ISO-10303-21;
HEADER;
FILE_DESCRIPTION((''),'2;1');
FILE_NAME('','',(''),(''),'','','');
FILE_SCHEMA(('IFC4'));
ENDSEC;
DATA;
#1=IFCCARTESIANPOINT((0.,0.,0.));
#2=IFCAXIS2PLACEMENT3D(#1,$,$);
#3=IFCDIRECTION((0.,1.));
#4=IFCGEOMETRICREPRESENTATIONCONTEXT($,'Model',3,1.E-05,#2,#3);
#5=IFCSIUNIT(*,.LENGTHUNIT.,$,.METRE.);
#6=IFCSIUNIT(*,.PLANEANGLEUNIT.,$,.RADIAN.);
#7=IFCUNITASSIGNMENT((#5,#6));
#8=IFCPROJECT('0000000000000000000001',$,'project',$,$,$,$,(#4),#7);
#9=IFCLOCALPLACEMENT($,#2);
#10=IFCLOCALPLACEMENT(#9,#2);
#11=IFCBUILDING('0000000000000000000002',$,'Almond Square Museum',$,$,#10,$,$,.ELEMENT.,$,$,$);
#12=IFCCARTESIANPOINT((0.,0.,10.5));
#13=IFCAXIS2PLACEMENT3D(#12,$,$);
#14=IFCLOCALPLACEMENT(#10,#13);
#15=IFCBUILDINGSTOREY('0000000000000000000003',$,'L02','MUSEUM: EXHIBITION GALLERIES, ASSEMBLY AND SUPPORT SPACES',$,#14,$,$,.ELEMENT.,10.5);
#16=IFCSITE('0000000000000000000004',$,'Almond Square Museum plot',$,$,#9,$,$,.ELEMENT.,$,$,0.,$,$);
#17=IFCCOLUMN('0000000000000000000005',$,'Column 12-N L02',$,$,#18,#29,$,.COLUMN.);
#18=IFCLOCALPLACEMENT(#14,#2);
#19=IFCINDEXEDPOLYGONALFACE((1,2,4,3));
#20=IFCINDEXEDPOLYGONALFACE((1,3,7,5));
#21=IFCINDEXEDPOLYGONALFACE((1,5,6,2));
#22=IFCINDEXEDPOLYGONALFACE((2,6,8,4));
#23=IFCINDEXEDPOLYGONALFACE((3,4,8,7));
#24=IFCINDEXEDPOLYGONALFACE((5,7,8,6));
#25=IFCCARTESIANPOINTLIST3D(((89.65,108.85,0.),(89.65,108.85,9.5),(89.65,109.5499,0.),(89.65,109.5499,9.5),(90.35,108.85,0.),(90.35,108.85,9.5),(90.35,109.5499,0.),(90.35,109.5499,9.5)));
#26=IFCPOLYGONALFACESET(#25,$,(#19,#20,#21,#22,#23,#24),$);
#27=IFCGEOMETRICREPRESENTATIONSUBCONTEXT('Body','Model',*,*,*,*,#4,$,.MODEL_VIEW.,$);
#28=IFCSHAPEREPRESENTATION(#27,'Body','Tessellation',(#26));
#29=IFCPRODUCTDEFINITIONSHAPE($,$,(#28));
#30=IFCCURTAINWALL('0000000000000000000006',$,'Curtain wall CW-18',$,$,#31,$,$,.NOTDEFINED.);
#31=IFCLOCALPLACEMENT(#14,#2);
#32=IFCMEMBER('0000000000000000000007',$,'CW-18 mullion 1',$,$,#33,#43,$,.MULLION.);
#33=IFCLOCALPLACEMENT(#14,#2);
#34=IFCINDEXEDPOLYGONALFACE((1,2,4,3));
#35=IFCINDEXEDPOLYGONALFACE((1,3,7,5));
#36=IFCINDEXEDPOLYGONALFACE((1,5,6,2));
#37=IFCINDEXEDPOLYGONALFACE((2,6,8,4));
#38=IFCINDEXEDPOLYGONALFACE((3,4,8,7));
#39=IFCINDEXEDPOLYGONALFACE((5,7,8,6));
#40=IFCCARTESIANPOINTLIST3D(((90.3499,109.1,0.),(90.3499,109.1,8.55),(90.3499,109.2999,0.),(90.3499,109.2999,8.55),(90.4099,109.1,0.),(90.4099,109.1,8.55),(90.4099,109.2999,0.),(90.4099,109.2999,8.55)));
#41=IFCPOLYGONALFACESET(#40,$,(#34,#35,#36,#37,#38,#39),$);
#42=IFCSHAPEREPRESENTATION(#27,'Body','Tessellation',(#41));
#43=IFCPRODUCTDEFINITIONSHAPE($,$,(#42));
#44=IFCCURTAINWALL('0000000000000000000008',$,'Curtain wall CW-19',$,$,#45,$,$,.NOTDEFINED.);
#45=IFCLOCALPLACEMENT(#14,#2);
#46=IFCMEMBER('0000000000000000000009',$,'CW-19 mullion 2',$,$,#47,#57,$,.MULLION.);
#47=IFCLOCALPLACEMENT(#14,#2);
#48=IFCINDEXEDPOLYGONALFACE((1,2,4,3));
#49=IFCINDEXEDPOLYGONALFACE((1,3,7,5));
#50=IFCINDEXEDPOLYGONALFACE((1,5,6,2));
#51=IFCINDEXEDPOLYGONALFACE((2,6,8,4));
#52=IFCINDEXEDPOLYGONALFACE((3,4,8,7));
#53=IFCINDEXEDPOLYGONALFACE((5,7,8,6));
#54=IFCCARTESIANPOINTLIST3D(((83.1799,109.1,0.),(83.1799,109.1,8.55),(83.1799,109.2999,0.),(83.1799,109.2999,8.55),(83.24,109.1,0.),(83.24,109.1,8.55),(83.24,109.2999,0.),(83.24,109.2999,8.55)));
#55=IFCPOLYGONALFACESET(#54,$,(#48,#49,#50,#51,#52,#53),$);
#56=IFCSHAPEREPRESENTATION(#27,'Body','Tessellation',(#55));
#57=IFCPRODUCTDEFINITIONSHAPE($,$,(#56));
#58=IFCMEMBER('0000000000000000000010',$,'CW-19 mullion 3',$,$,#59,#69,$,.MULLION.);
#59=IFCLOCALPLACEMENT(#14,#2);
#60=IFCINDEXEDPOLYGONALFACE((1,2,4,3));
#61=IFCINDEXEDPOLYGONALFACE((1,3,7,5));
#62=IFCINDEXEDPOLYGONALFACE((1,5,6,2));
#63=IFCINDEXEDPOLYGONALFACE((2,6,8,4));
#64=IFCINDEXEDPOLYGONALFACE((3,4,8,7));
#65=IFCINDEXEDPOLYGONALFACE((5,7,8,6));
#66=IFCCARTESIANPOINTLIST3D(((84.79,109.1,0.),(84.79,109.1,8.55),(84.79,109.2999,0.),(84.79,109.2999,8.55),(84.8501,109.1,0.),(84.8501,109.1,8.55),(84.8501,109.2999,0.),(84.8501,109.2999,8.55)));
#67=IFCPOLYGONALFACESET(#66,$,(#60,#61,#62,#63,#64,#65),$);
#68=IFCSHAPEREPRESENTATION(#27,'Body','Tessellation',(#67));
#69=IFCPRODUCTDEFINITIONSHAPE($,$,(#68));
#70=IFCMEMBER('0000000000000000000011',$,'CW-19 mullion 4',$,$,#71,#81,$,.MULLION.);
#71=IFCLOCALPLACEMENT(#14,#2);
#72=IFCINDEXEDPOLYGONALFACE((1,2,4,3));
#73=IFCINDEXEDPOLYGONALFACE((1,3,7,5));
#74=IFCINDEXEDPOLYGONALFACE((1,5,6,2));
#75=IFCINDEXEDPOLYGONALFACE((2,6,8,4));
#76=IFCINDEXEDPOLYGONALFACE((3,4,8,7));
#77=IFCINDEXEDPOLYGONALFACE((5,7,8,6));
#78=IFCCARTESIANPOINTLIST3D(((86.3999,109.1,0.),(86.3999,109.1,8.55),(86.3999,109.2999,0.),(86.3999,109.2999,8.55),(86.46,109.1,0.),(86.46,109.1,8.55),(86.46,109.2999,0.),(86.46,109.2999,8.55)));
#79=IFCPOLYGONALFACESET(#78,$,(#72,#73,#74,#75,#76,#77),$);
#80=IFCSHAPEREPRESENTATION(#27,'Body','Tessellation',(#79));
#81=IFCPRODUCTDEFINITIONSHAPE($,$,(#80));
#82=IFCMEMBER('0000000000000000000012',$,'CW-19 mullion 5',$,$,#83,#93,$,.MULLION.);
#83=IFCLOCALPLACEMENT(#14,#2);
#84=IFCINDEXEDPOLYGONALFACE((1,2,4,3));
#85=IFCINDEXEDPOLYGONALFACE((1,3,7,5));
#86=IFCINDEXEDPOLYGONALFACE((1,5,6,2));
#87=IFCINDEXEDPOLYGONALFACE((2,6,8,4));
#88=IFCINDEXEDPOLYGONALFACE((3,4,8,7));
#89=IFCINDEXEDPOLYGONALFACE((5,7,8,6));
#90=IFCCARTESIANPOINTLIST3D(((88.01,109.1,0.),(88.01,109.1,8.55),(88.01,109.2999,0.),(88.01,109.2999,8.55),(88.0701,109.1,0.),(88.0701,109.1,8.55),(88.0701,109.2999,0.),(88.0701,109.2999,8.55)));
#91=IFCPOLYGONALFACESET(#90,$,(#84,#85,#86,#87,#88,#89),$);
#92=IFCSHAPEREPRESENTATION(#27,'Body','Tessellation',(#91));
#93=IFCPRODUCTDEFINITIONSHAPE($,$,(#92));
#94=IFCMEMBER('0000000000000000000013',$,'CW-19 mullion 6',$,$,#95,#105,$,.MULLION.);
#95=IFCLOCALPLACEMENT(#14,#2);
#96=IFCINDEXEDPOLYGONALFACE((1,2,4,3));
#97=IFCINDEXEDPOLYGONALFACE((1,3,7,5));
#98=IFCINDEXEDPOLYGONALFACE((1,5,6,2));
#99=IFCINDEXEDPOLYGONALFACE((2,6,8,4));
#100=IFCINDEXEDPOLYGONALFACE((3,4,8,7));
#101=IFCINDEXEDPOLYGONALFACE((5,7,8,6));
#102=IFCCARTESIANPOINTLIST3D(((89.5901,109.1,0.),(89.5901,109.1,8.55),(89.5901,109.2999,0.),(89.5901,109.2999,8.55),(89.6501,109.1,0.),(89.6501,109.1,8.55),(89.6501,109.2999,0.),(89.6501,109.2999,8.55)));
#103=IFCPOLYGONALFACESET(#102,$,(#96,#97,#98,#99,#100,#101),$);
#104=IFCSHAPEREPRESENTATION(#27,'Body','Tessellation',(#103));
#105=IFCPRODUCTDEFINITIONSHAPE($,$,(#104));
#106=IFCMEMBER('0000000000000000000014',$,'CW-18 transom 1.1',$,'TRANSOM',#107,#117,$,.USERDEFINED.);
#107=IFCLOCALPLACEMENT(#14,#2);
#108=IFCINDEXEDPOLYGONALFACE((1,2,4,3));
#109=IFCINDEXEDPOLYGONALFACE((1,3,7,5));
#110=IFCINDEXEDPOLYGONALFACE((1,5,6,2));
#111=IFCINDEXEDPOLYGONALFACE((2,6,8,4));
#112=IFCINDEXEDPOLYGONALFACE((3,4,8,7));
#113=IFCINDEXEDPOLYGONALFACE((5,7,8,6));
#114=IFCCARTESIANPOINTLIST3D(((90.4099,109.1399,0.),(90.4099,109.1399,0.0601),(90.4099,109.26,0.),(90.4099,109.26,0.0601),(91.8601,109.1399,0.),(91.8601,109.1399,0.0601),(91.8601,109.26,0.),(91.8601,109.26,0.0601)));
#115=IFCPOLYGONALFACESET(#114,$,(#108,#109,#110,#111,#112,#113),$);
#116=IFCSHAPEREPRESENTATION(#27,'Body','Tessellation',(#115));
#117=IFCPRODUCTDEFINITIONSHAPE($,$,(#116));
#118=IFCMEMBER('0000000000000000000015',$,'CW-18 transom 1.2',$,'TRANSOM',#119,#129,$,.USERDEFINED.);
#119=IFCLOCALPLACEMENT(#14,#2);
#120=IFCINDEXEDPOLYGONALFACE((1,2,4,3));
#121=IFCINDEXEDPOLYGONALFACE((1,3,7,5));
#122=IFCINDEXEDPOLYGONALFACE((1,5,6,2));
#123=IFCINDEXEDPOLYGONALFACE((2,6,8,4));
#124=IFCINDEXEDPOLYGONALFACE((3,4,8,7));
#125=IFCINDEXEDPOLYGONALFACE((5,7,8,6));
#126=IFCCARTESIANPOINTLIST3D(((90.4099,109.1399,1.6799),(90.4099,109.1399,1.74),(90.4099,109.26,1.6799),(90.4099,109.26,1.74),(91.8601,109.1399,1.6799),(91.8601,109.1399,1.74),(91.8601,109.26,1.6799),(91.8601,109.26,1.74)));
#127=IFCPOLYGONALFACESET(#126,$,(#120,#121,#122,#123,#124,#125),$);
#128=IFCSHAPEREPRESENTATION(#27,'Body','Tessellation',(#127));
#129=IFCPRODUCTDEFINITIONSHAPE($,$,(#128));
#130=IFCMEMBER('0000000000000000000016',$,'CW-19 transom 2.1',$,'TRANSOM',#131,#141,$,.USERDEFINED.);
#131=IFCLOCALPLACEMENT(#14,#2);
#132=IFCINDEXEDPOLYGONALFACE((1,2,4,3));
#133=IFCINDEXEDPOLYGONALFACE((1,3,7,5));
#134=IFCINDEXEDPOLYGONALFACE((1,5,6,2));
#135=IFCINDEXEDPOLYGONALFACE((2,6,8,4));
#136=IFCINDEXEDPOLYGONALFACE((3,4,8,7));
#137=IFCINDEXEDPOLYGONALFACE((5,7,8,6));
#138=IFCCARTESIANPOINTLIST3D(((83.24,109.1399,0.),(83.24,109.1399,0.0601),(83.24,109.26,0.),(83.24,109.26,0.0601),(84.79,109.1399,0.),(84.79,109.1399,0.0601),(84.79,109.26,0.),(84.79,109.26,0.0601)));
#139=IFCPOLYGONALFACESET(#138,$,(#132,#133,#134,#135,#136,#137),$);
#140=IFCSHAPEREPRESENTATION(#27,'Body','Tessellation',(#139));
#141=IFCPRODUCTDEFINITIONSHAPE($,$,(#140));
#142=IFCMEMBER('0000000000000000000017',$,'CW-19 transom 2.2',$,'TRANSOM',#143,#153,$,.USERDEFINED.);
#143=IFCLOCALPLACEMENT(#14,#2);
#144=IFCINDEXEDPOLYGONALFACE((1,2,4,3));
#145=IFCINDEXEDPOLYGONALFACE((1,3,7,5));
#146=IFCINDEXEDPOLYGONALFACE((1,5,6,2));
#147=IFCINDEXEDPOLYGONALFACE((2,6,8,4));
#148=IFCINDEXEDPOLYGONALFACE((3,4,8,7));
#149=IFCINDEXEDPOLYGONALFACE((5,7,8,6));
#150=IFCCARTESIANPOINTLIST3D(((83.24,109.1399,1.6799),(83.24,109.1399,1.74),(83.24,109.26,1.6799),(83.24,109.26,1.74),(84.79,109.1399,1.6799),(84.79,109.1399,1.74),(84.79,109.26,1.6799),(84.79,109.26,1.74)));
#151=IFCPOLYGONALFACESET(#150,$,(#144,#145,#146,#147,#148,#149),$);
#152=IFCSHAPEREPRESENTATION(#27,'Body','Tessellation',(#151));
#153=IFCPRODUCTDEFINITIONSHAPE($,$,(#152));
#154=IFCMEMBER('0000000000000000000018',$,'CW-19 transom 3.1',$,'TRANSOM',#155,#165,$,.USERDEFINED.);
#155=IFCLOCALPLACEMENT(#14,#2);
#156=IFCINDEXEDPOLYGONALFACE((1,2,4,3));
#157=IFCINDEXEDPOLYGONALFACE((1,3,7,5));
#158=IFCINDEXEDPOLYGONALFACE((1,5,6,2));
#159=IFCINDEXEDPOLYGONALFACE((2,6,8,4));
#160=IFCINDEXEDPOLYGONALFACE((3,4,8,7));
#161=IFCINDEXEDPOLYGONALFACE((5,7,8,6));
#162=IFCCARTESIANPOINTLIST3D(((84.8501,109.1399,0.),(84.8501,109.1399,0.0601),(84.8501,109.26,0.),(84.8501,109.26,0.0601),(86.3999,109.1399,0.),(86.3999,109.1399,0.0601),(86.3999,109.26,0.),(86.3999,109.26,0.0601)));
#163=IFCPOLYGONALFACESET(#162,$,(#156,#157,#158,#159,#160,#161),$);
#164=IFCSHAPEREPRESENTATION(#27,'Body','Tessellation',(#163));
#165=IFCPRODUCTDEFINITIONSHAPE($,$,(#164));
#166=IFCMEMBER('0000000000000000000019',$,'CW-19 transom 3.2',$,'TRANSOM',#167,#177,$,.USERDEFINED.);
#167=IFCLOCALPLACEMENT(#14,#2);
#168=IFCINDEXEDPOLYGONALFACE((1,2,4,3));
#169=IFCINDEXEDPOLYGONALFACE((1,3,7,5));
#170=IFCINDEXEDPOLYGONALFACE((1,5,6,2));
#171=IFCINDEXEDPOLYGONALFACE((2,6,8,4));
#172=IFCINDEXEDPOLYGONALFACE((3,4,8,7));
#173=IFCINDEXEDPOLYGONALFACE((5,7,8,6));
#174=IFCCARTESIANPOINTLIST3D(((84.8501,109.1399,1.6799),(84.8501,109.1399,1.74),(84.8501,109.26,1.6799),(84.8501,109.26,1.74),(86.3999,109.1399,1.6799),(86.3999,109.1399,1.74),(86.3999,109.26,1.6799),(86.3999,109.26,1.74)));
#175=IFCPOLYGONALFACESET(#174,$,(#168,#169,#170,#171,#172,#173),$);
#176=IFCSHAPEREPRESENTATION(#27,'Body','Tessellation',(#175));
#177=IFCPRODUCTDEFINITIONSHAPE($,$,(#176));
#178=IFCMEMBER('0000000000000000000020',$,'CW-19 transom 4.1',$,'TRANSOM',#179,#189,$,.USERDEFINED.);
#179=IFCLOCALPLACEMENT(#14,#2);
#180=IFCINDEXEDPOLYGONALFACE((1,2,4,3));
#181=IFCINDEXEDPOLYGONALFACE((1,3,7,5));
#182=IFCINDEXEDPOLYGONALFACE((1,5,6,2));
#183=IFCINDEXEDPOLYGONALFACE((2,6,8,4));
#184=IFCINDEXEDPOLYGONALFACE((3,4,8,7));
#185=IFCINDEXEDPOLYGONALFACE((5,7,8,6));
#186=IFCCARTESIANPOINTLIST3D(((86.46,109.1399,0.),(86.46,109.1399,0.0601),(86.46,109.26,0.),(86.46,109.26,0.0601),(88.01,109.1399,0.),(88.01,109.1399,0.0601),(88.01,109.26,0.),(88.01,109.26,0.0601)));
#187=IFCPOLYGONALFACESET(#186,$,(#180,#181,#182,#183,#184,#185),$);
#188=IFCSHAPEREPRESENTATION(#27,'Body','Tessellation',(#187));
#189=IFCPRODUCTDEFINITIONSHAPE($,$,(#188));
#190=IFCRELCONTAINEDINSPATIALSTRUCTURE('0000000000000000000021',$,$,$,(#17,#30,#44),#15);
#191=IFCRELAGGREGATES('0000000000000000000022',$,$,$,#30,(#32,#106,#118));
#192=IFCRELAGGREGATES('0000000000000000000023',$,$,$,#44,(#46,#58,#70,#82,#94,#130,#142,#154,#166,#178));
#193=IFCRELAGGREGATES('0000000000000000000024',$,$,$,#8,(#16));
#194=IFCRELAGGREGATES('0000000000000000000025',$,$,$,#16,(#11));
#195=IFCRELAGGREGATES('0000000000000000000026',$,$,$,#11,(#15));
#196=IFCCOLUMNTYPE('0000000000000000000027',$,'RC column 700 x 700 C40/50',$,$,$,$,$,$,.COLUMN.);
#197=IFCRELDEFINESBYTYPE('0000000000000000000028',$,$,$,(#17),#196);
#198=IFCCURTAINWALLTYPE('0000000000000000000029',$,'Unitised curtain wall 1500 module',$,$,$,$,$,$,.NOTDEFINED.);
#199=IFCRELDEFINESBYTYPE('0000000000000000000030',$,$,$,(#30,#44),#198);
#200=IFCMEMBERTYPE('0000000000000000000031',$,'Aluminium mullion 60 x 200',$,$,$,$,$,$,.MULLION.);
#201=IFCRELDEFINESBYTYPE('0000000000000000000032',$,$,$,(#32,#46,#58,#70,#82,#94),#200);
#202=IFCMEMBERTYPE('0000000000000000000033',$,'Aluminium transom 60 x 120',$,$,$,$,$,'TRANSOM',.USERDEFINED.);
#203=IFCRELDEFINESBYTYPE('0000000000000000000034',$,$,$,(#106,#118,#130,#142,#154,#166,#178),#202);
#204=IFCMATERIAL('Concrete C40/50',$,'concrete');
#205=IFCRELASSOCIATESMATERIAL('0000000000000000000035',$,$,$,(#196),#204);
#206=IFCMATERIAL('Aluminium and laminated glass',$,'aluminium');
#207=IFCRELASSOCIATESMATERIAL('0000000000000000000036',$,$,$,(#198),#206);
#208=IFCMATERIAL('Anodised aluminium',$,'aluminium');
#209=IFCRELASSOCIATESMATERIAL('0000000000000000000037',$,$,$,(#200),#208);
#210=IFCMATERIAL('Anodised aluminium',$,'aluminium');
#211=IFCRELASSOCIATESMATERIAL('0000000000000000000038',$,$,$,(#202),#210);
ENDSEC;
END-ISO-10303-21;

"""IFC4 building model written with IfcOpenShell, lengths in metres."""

from ifc_helpers import new_model, si_unit, direction, frame, origin, origin_2d, place, context, subcontext, project, spatial, rectangle, extrude, material, material_profile, profile_set, type_object, element, aggregate, save


model = new_model("IFC4")

# Units and contexts
model_context = context("Model", 3, precision=1e-05, world=origin(), true_north=direction((0.0, 1.0)))
body_context = subcontext(model_context, "Body", "Model", "MODEL_VIEW")
ifc_project = project(units=[si_unit("LENGTHUNIT", "METRE"), si_unit("PLANEANGLEUNIT", "RADIAN")], contexts=[model_context])

# Site, building, storey
site_placement = place(None, origin())
site = spatial("IfcSite", under=ifc_project, at=site_placement, Name="Almond Square Museum plot", CompositionType="ELEMENT", RefElevation=0.0)
building_placement = place(site_placement, origin())
building = spatial("IfcBuilding", under=site, at=building_placement, Name="Almond Square Museum", CompositionType="ELEMENT")
storey_placement = place(building_placement, frame((0.0, 0.0, 10.5)))
storey = spatial("IfcBuildingStorey", under=building, at=storey_placement, Name="L02", Description="MUSEUM: EXHIBITION GALLERIES, ASSEMBLY AND SUPPORT SPACES", CompositionType="ELEMENT", Elevation=10.5)

# Column
ifc_material_1 = material(Name="Concrete C40/50", Category="concrete")
ifc_material_profile_1 = material_profile(ifc_material_1, rectangle(XDim=0.7, YDim=0.7, at=origin_2d()))
ifc_profile_set_1 = profile_set([ifc_material_profile_1], Name="Concrete C40/50")
column_type = type_object("IfcColumnType", Name="RC column 700 x 700 C40/50", PredefinedType="COLUMN", material=ifc_profile_set_1)
column_placement = place(storey_placement, frame((90.0, 109.2, 0.0), z_axis=(0.0, 0.0, 1.0), x_axis=(1.0, 0.0, 0.0)))
element("IfcColumn", 1, at=column_placement, inside=storey, type_object=column_type, Name="Column 12-N L02", PredefinedType="COLUMN", context=body_context, shape_type="SweptSolid", body=[
    extrude(rectangle(XDim=0.7, YDim=0.7, at=origin_2d()), origin(), (0.0, 0.0, 1.0), 9.5),
])

# Curtain wall, member
ifc_material_2 = material(Name="Aluminium and laminated glass", Category="aluminium")
curtain_wall_type = type_object("IfcCurtainWallType", Name="Unitised curtain wall 1500 module", PredefinedType="NOTDEFINED", material=ifc_material_2)
curtain_wall_1_placement = place(storey_placement, origin())
curtain_wall_1 = element("IfcCurtainWall", 2, at=curtain_wall_1_placement, inside=storey, type_object=curtain_wall_type, Name="Curtain wall CW-18", PredefinedType="NOTDEFINED")
ifc_material_3 = material(Name="Anodised aluminium", Category="aluminium")
ifc_material_profile_2 = material_profile(ifc_material_3, rectangle(XDim=0.2, YDim=0.0601, at=origin_2d()))
ifc_profile_set_2 = profile_set([ifc_material_profile_2], Name="Anodised aluminium")
member_type_1 = type_object("IfcMemberType", Name="Aluminium mullion 60 x 200", PredefinedType="MULLION", material=ifc_profile_set_2)
member_1_placement = place(storey_placement, frame((90.3799, 109.2, 0.0), z_axis=(0.0, 0.0, 1.0), x_axis=(0.0, 1.0, 0.0)))
member_1 = element("IfcMember", 3, at=member_1_placement, type_object=member_type_1, Name="CW-18 mullion 1", PredefinedType="MULLION", context=body_context, shape_type="SweptSolid", body=[
    extrude(rectangle(XDim=0.2, YDim=0.0601, at=origin_2d()), origin(), (0.0, 0.0, 1.0), 8.55),
])

# Curtain wall, members
curtain_wall_2_placement = place(storey_placement, origin())
curtain_wall_2 = element("IfcCurtainWall", 4, at=curtain_wall_2_placement, inside=storey, type_object=curtain_wall_type, Name="Curtain wall CW-19", PredefinedType="NOTDEFINED")
member_2_placement = place(storey_placement, frame((83.21, 109.2, 0.0), z_axis=(0.0, 0.0, 1.0), x_axis=(0.0, 1.0, 0.0)))
member_2 = element("IfcMember", 5, at=member_2_placement, type_object=member_type_1, Name="CW-19 mullion 2", PredefinedType="MULLION", context=body_context, shape_type="SweptSolid", body=[
    extrude(rectangle(XDim=0.2, YDim=0.0601, at=origin_2d()), origin(), (0.0, 0.0, 1.0), 8.55),
])
member_3_placement = place(storey_placement, frame((84.8201, 109.2, 0.0), z_axis=(0.0, 0.0, 1.0), x_axis=(0.0, 1.0, 0.0)))
member_3 = element("IfcMember", 6, at=member_3_placement, type_object=member_type_1, Name="CW-19 mullion 3", PredefinedType="MULLION", context=body_context, shape_type="SweptSolid", body=[
    extrude(rectangle(XDim=0.2, YDim=0.0601, at=origin_2d()), origin(), (0.0, 0.0, 1.0), 8.55),
])
member_4_placement = place(storey_placement, frame((86.4299, 109.2, 0.0), z_axis=(0.0, 0.0, 1.0), x_axis=(0.0, 1.0, 0.0)))
member_4 = element("IfcMember", 7, at=member_4_placement, type_object=member_type_1, Name="CW-19 mullion 4", PredefinedType="MULLION", context=body_context, shape_type="SweptSolid", body=[
    extrude(rectangle(XDim=0.2, YDim=0.0601, at=origin_2d()), origin(), (0.0, 0.0, 1.0), 8.55),
])
member_5_placement = place(storey_placement, frame((88.04, 109.2, 0.0), z_axis=(0.0, 0.0, 1.0), x_axis=(0.0, 1.0, 0.0)))
member_5 = element("IfcMember", 8, at=member_5_placement, type_object=member_type_1, Name="CW-19 mullion 5", PredefinedType="MULLION", context=body_context, shape_type="SweptSolid", body=[
    extrude(rectangle(XDim=0.2, YDim=0.0601, at=origin_2d()), origin(), (0.0, 0.0, 1.0), 8.55),
])
member_6_placement = place(storey_placement, frame((89.6201, 109.2, 0.0), z_axis=(0.0, 0.0, 1.0), x_axis=(0.0, 1.0, 0.0)))
member_6 = element("IfcMember", 9, at=member_6_placement, type_object=member_type_1, Name="CW-19 mullion 6", PredefinedType="MULLION", context=body_context, shape_type="SweptSolid", body=[
    extrude(rectangle(XDim=0.2, YDim=0.0601, at=origin_2d()), origin(), (0.0, 0.0, 1.0), 8.55),
])

# Members
ifc_material_4 = material(Name="Anodised aluminium", Category="aluminium")
ifc_material_profile_3 = material_profile(ifc_material_4, rectangle(XDim=0.1201, YDim=0.0601, at=origin_2d()))
ifc_profile_set_3 = profile_set([ifc_material_profile_3], Name="Anodised aluminium")
member_type_2 = type_object("IfcMemberType", Name="Aluminium transom 60 x 120", ElementType="TRANSOM", PredefinedType="USERDEFINED", material=ifc_profile_set_3)
member_7_placement = place(storey_placement, frame((90.4099, 109.2, 0.03), z_axis=(1.0, 0.0, 0.0), x_axis=(0.0, 1.0, 0.0)))
member_7 = element("IfcMember", 10, at=member_7_placement, type_object=member_type_2, Name="CW-18 transom 1.1", ObjectType="TRANSOM", PredefinedType="USERDEFINED", context=body_context, shape_type="SweptSolid", body=[
    extrude(rectangle(XDim=0.1201, YDim=0.0601, at=origin_2d()), origin(), (0.0, 0.0, 1.0), 1.4502),
])
member_8_placement = place(storey_placement, frame((90.4099, 109.2, 1.71), z_axis=(1.0, 0.0, 0.0), x_axis=(0.0, 1.0, 0.0)))
member_8 = element("IfcMember", 11, at=member_8_placement, type_object=member_type_2, Name="CW-18 transom 1.2", ObjectType="TRANSOM", PredefinedType="USERDEFINED", context=body_context, shape_type="SweptSolid", body=[
    extrude(rectangle(XDim=0.1201, YDim=0.0601, at=origin_2d()), origin(), (0.0, 0.0, 1.0), 1.4502),
])
member_9_placement = place(storey_placement, frame((83.24, 109.2, 0.03), z_axis=(1.0, 0.0, 0.0), x_axis=(0.0, 1.0, 0.0)))
member_9 = element("IfcMember", 12, at=member_9_placement, type_object=member_type_2, Name="CW-19 transom 2.1", ObjectType="TRANSOM", PredefinedType="USERDEFINED", context=body_context, shape_type="SweptSolid", body=[
    extrude(rectangle(XDim=0.1201, YDim=0.0601, at=origin_2d()), origin(), (0.0, 0.0, 1.0), 1.55),
])
member_10_placement = place(storey_placement, frame((83.24, 109.2, 1.71), z_axis=(1.0, 0.0, 0.0), x_axis=(0.0, 1.0, 0.0)))
member_10 = element("IfcMember", 13, at=member_10_placement, type_object=member_type_2, Name="CW-19 transom 2.2", ObjectType="TRANSOM", PredefinedType="USERDEFINED", context=body_context, shape_type="SweptSolid", body=[
    extrude(rectangle(XDim=0.1201, YDim=0.0601, at=origin_2d()), origin(), (0.0, 0.0, 1.0), 1.55),
])
member_11_placement = place(storey_placement, frame((84.8501, 109.2, 0.03), z_axis=(1.0, 0.0, 0.0), x_axis=(0.0, 1.0, 0.0)))
member_11 = element("IfcMember", 14, at=member_11_placement, type_object=member_type_2, Name="CW-19 transom 3.1", ObjectType="TRANSOM", PredefinedType="USERDEFINED", context=body_context, shape_type="SweptSolid", body=[
    extrude(rectangle(XDim=0.1201, YDim=0.0601, at=origin_2d()), origin(), (0.0, 0.0, 1.0), 1.5498),
])
member_12_placement = place(storey_placement, frame((84.8501, 109.2, 1.71), z_axis=(1.0, 0.0, 0.0), x_axis=(0.0, 1.0, 0.0)))
member_12 = element("IfcMember", 15, at=member_12_placement, type_object=member_type_2, Name="CW-19 transom 3.2", ObjectType="TRANSOM", PredefinedType="USERDEFINED", context=body_context, shape_type="SweptSolid", body=[
    extrude(rectangle(XDim=0.1201, YDim=0.0601, at=origin_2d()), origin(), (0.0, 0.0, 1.0), 1.5498),
])
member_13_placement = place(storey_placement, frame((86.46, 109.2, 0.03), z_axis=(1.0, 0.0, 0.0), x_axis=(0.0, 1.0, 0.0)))
member_13 = element("IfcMember", 16, at=member_13_placement, type_object=member_type_2, Name="CW-19 transom 4.1", ObjectType="TRANSOM", PredefinedType="USERDEFINED", context=body_context, shape_type="SweptSolid", body=[
    extrude(rectangle(XDim=0.1201, YDim=0.0601, at=origin_2d()), origin(), (0.0, 0.0, 1.0), 1.55),
])

aggregate(curtain_wall_1, [member_1, member_7, member_8])
aggregate(curtain_wall_2, [member_2, member_3, member_4, member_5, member_6, member_9, member_10, member_11, member_12, member_13])

save(model, "model.ifc")
